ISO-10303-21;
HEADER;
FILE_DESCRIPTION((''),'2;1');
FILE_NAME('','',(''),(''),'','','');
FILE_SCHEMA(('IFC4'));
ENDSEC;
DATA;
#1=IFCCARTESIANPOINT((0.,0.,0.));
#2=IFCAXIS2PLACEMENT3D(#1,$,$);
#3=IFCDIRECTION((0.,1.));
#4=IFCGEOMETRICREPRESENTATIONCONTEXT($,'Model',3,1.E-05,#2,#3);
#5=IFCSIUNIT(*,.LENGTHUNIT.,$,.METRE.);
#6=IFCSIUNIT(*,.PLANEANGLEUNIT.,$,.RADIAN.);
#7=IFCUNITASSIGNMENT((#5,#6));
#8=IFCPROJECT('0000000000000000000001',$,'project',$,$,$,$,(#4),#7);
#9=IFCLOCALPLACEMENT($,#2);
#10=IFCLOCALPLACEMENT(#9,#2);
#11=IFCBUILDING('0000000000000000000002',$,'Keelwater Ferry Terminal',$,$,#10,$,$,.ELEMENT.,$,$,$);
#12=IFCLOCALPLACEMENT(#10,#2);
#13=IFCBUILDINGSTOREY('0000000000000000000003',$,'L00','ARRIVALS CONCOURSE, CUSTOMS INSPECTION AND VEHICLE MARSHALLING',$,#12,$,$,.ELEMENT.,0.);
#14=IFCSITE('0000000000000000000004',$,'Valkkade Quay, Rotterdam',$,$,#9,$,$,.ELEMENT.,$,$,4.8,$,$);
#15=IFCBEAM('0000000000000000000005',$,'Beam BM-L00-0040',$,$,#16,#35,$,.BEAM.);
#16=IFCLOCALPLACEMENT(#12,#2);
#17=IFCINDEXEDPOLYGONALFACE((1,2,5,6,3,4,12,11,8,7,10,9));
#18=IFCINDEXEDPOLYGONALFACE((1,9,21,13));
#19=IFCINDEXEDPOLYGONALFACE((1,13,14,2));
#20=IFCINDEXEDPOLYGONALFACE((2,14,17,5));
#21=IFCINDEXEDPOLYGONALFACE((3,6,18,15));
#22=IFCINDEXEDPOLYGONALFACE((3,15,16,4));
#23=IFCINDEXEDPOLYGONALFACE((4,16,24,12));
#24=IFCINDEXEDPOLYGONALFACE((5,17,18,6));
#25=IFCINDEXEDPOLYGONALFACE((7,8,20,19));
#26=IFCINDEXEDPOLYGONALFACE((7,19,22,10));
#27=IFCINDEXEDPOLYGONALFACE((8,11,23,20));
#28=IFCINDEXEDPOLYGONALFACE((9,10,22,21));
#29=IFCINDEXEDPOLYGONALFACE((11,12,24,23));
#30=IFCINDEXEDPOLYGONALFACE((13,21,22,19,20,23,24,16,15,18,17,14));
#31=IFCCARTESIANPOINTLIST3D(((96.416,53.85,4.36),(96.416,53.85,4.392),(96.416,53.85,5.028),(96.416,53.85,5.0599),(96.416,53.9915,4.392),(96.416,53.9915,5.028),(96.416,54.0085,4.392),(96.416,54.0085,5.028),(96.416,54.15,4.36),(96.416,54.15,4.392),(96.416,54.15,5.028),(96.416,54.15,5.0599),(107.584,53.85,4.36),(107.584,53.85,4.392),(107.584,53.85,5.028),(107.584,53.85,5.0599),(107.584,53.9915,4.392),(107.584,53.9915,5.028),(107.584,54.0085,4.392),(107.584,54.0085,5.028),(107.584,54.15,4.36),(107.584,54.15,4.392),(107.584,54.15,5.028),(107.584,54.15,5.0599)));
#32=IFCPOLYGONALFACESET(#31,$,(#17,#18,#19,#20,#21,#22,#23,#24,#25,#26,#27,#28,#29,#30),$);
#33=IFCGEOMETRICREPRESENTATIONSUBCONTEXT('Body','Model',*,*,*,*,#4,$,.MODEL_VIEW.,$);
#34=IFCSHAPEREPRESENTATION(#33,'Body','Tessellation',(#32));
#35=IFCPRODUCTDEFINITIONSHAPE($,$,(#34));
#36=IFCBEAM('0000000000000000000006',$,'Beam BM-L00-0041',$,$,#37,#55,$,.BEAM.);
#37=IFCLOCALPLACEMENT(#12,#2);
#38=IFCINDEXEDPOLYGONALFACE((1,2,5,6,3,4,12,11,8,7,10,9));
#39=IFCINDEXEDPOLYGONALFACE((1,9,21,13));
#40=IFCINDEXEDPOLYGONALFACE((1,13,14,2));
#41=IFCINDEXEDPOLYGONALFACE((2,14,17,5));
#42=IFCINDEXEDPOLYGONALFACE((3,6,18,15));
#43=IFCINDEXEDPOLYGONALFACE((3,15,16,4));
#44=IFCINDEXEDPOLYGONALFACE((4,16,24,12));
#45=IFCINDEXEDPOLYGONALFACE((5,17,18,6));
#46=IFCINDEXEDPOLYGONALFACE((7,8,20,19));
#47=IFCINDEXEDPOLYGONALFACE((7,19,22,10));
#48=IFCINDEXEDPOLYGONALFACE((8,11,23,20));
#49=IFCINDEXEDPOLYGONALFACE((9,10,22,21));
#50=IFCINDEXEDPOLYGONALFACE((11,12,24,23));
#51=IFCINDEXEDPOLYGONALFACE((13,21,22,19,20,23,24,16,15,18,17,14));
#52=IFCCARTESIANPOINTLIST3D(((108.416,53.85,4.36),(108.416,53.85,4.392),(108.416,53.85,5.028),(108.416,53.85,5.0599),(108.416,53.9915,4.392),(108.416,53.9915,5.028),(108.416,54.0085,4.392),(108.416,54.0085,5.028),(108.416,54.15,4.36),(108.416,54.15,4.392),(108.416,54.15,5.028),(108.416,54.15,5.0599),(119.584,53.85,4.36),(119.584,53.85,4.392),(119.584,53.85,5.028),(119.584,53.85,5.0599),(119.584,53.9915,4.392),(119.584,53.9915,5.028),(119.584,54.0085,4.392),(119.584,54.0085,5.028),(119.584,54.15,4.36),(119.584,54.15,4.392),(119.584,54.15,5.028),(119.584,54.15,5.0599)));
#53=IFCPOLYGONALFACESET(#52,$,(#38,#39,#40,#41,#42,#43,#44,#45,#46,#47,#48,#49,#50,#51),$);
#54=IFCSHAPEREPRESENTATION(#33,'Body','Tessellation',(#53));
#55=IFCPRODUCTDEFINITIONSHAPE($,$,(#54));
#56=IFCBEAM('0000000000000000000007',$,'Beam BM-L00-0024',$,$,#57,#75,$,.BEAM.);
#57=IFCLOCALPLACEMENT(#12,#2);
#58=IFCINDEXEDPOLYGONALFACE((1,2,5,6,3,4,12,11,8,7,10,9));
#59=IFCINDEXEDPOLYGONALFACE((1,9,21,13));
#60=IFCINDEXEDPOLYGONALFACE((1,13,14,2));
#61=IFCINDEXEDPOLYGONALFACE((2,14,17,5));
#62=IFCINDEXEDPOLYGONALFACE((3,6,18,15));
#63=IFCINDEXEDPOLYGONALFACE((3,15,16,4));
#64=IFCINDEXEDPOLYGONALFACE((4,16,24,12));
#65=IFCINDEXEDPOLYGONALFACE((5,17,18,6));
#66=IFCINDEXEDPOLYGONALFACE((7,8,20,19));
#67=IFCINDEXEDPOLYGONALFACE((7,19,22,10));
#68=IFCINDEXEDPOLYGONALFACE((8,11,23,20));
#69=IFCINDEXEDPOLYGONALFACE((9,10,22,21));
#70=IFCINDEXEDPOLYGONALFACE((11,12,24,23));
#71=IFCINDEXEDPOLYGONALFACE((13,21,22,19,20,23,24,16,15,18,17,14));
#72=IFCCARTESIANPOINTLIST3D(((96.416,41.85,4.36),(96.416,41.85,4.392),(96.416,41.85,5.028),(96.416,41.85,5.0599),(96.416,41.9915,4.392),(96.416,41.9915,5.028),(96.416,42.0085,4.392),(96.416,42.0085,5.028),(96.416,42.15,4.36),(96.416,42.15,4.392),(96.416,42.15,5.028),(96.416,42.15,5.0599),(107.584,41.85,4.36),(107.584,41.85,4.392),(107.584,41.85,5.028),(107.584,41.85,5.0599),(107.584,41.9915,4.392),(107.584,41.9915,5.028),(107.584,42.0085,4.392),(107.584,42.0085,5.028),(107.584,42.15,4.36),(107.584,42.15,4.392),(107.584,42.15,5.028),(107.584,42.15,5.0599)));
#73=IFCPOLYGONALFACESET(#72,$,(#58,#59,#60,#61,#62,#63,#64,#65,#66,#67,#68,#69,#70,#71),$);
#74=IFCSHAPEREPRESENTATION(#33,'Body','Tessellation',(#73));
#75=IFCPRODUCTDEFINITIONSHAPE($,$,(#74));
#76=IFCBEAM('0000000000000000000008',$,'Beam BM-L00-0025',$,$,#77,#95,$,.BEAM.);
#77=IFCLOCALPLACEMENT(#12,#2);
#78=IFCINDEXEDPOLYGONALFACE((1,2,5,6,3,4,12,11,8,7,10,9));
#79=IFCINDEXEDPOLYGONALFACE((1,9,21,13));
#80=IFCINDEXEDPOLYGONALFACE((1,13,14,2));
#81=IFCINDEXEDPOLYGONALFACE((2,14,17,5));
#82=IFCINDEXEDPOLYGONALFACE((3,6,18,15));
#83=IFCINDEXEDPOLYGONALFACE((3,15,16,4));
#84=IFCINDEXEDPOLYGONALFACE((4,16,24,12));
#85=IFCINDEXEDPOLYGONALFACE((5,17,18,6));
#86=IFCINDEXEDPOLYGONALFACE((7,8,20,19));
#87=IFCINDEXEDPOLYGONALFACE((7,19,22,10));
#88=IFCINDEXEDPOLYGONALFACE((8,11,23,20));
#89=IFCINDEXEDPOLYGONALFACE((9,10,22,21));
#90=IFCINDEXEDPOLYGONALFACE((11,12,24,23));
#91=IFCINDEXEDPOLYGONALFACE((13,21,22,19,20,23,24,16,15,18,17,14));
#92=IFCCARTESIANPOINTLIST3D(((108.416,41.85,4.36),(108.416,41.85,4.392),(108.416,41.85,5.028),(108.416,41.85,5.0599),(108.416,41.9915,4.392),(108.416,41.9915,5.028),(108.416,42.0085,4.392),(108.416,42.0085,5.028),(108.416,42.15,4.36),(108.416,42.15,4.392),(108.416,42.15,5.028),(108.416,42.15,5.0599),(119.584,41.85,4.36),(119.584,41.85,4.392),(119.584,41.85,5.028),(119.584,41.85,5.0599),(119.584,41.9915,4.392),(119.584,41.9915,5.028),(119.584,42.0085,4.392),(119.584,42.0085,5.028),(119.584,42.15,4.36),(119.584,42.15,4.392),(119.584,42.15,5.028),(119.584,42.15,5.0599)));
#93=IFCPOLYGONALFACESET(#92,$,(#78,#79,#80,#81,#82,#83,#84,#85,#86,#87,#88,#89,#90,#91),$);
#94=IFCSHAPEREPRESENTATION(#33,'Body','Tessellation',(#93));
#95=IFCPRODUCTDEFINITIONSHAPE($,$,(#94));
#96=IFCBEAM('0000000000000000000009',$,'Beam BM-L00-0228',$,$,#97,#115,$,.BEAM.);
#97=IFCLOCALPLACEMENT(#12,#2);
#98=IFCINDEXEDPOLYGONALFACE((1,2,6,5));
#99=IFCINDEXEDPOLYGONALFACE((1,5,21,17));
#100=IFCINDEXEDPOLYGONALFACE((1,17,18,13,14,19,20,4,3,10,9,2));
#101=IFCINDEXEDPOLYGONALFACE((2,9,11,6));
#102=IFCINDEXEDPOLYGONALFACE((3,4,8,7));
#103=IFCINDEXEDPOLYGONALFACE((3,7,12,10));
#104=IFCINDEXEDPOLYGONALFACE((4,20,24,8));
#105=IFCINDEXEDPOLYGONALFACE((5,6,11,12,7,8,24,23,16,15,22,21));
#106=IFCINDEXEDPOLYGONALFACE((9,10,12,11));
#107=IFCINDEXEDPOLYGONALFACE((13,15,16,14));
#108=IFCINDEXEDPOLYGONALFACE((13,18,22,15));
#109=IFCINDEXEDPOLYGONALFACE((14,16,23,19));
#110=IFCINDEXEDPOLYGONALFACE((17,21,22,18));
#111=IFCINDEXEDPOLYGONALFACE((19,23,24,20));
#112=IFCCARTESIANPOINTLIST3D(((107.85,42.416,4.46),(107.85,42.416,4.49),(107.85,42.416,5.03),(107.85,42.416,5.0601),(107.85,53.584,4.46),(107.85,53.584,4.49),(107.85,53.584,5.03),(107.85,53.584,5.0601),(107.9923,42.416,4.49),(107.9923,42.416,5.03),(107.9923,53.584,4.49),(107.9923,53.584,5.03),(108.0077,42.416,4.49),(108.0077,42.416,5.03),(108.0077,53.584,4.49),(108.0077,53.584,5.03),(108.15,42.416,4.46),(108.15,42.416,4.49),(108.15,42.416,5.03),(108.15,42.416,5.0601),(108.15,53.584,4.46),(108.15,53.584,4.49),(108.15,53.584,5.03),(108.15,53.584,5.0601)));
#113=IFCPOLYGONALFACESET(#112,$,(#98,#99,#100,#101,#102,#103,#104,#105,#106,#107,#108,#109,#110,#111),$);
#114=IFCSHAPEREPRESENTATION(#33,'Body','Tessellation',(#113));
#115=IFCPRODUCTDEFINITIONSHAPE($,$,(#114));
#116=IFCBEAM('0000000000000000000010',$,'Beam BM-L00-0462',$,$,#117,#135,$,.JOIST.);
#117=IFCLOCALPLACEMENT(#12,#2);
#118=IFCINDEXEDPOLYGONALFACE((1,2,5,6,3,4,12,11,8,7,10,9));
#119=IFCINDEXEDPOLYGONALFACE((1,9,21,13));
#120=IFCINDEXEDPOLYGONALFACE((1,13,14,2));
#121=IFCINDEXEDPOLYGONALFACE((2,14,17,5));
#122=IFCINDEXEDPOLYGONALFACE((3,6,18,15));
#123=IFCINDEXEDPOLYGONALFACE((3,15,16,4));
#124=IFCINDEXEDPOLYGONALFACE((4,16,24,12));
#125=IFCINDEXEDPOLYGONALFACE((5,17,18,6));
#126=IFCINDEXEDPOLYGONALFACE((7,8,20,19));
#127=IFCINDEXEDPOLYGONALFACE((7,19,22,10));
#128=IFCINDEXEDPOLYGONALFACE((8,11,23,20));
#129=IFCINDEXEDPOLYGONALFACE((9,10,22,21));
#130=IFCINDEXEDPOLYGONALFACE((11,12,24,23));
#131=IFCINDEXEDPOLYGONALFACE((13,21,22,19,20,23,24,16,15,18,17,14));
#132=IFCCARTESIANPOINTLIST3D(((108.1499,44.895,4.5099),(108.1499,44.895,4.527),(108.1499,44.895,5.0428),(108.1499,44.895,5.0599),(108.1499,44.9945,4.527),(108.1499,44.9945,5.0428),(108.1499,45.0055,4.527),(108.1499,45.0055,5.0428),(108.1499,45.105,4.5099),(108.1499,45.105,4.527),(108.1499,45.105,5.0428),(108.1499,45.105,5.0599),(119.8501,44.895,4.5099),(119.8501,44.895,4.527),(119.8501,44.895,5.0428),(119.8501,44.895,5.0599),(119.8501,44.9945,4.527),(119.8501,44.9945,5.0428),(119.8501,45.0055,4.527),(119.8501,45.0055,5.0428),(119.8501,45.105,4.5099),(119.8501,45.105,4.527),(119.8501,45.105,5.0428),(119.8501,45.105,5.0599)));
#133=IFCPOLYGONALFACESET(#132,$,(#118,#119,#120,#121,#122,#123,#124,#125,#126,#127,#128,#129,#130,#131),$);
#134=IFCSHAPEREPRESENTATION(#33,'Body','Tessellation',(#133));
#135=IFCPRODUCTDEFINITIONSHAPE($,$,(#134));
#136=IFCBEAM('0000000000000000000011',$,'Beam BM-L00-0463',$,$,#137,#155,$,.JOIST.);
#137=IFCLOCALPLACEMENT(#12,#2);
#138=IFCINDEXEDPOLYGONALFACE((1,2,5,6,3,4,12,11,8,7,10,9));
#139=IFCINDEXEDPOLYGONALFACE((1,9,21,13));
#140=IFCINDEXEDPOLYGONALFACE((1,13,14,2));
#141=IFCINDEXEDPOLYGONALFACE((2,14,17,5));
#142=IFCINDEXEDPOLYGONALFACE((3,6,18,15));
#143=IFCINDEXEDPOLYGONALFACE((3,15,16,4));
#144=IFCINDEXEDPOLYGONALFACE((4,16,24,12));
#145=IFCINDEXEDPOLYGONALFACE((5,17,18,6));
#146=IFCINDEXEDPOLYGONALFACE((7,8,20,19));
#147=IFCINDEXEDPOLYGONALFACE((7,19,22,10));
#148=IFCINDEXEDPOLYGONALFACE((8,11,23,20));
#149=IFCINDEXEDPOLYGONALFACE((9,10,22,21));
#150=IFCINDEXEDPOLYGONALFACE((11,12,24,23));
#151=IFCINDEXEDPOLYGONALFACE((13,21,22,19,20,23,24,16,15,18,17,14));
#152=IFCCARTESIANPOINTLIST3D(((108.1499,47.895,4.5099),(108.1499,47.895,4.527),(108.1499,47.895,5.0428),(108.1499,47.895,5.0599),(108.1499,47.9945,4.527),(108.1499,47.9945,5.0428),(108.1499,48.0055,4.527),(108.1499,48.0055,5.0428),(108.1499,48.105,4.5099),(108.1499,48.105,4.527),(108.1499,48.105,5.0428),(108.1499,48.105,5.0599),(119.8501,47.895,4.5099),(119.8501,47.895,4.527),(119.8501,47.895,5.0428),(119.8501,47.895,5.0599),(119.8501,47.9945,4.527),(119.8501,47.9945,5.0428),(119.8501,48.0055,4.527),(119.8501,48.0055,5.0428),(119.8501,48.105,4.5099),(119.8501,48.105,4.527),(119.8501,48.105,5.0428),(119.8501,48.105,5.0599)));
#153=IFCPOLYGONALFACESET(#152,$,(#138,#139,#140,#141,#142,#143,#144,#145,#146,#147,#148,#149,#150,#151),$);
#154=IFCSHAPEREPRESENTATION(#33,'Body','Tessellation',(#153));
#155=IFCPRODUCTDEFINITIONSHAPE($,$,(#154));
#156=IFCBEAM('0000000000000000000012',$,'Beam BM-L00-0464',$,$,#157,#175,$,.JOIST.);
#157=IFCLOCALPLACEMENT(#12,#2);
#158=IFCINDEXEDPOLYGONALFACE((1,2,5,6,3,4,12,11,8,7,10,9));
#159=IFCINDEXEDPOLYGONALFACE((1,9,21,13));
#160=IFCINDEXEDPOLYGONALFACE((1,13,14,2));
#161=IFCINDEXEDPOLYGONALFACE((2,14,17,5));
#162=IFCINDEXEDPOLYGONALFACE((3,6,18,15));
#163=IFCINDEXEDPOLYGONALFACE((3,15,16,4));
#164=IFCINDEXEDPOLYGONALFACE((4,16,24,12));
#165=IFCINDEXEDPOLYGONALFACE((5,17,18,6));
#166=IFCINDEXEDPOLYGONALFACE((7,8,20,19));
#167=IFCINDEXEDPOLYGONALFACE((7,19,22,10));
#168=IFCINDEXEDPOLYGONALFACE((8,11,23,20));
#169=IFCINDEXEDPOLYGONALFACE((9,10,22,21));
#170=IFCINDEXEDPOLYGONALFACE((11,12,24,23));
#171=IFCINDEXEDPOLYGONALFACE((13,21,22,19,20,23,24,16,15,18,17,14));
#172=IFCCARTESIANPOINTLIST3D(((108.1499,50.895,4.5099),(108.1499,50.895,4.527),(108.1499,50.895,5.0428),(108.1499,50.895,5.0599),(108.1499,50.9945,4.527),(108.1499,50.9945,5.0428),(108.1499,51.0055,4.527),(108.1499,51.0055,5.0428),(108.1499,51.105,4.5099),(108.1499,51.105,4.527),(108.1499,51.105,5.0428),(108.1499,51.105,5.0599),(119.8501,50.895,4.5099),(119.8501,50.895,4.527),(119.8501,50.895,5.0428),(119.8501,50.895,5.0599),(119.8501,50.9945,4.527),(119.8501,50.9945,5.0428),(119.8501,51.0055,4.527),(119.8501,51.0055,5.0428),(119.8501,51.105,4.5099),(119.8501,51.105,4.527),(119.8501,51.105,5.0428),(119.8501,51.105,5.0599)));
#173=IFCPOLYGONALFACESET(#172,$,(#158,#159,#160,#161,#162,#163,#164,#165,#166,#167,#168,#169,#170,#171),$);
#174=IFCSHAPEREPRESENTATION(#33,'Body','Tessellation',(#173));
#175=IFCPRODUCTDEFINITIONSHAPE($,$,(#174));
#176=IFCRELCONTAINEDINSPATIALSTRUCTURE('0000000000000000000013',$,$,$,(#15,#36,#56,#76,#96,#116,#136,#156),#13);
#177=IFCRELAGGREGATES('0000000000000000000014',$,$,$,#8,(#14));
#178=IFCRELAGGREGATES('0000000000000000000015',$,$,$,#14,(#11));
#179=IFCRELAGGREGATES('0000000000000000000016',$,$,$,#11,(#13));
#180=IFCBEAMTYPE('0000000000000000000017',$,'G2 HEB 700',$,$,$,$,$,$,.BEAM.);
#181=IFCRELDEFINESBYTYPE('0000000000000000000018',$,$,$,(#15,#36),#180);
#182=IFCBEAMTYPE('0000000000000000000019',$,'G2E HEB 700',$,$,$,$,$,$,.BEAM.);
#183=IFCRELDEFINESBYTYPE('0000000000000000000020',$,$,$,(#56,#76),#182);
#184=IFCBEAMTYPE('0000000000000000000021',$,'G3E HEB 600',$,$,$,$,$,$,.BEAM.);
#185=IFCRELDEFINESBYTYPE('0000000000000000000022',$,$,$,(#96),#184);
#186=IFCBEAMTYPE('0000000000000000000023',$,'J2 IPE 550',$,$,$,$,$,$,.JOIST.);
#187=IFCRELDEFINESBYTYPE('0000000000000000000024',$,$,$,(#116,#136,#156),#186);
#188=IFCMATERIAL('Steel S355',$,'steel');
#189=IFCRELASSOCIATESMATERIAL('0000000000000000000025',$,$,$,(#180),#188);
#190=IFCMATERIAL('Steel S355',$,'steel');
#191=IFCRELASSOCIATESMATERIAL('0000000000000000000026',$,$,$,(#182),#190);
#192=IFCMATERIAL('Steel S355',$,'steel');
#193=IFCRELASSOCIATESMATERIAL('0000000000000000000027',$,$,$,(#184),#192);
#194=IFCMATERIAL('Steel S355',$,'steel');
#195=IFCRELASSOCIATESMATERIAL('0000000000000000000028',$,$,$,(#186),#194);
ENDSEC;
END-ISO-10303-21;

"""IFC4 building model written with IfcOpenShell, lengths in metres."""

from ifc_helpers import new_model, si_unit, direction, frame, origin, origin_2d, place, context, subcontext, project, spatial, i_section, extrude, material, material_profile, profile_set, type_object, element, save


model = new_model("IFC4")

# Units and contexts
model_context = context("Model", 3, precision=1e-05, world=origin(), true_north=direction((0.0, 1.0)))
body_context = subcontext(model_context, "Body", "Model", "MODEL_VIEW")
ifc_project = project(units=[si_unit("LENGTHUNIT", "METRE"), si_unit("PLANEANGLEUNIT", "RADIAN")], contexts=[model_context])

# Site, building, storey
site_placement = place(None, origin())
site = spatial("IfcSite", under=ifc_project, at=site_placement, Name="Valkkade Quay, Rotterdam", CompositionType="ELEMENT", RefElevation=4.8)
building_placement = place(site_placement, origin())
building = spatial("IfcBuilding", under=site, at=building_placement, Name="Keelwater Ferry Terminal", CompositionType="ELEMENT")
storey_placement = place(building_placement, origin())
storey = spatial("IfcBuildingStorey", under=building, at=storey_placement, Name="L00", Description="ARRIVALS CONCOURSE, CUSTOMS INSPECTION AND VEHICLE MARSHALLING", CompositionType="ELEMENT", Elevation=0.0)

# Beams
ifc_material_1 = material(Name="Steel S355", Category="steel")
ifc_material_profile_1 = material_profile(ifc_material_1, i_section(OverallWidth=0.3, OverallDepth=0.7, WebThickness=0.0171, FlangeThickness=0.032, at=origin_2d()), Name="HEB 700")
ifc_profile_set_1 = profile_set([ifc_material_profile_1], Name="Steel S355")
beam_type_1 = type_object("IfcBeamType", Name="G2 HEB 700", PredefinedType="BEAM", material=ifc_profile_set_1)
for number, where, z_axis, x_axis, name in (
    (1, (96.416, 54.0, 4.71), (1.0, 0.0, 0.0), (0.0, 1.0, 0.0), "Beam BM-L00-0040"),
    (2, (108.416, 54.0, 4.71), (1.0, 0.0, 0.0), (0.0, 1.0, 0.0), "Beam BM-L00-0041"),
):
    element("IfcBeam", number, at=place(storey_placement, frame(where, z_axis=z_axis, x_axis=x_axis)), inside=storey, type_object=beam_type_1, Name=name, PredefinedType="BEAM", context=body_context, shape_type="SweptSolid", body=[
        extrude(i_section(OverallWidth=0.3, OverallDepth=0.7, WebThickness=0.0171, FlangeThickness=0.032, at=origin_2d()), origin(), (0.0, 0.0, 1.0), 11.168),
    ])
ifc_material_2 = material(Name="Steel S355", Category="steel")
ifc_material_profile_2 = material_profile(ifc_material_2, i_section(OverallWidth=0.3, OverallDepth=0.7, WebThickness=0.0171, FlangeThickness=0.032, at=origin_2d()), Name="HEB 700")
ifc_profile_set_2 = profile_set([ifc_material_profile_2], Name="Steel S355")
beam_type_2 = type_object("IfcBeamType", Name="G2E HEB 700", PredefinedType="BEAM", material=ifc_profile_set_2)
for number, where, z_axis, x_axis, name in (
    (3, (96.416, 42.0, 4.71), (1.0, 0.0, 0.0), (0.0, 1.0, 0.0), "Beam BM-L00-0024"),
    (4, (108.416, 42.0, 4.71), (1.0, 0.0, 0.0), (0.0, 1.0, 0.0), "Beam BM-L00-0025"),
):
    element("IfcBeam", number, at=place(storey_placement, frame(where, z_axis=z_axis, x_axis=x_axis)), inside=storey, type_object=beam_type_2, Name=name, PredefinedType="BEAM", context=body_context, shape_type="SweptSolid", body=[
        extrude(i_section(OverallWidth=0.3, OverallDepth=0.7, WebThickness=0.0171, FlangeThickness=0.032, at=origin_2d()), origin(), (0.0, 0.0, 1.0), 11.168),
    ])
ifc_material_3 = material(Name="Steel S355", Category="steel")
ifc_material_profile_3 = material_profile(ifc_material_3, i_section(OverallWidth=0.3, OverallDepth=0.6001, WebThickness=0.0154, FlangeThickness=0.03, at=origin_2d()), Name="HEB 600")
ifc_profile_set_3 = profile_set([ifc_material_profile_3], Name="Steel S355")
beam_type_3 = type_object("IfcBeamType", Name="G3E HEB 600", PredefinedType="BEAM", material=ifc_profile_set_3)
beam_placement = place(storey_placement, frame((108.0, 42.416, 4.76), z_axis=(0.0, 1.0, 0.0), x_axis=(-1.0, 0.0, 0.0)))
element("IfcBeam", 5, at=beam_placement, inside=storey, type_object=beam_type_3, Name="Beam BM-L00-0228", PredefinedType="BEAM", context=body_context, shape_type="SweptSolid", body=[
    extrude(i_section(OverallWidth=0.3, OverallDepth=0.6001, WebThickness=0.0154, FlangeThickness=0.03, at=origin_2d()), origin(), (0.0, 0.0, 1.0), 11.168),
])
ifc_material_4 = material(Name="Steel S355", Category="steel")
ifc_material_profile_4 = material_profile(ifc_material_4, i_section(OverallWidth=0.21, OverallDepth=0.55, WebThickness=0.011, FlangeThickness=0.0171, at=origin_2d()), Name="IPE 550")
ifc_profile_set_4 = profile_set([ifc_material_profile_4], Name="Steel S355")
beam_type_4 = type_object("IfcBeamType", Name="J2 IPE 550", PredefinedType="JOIST", material=ifc_profile_set_4)
for number, where, z_axis, x_axis, name in (
    (6, (108.1499, 45.0, 4.7849), (1.0, 0.0, 0.0), (0.0, 1.0, 0.0), "Beam BM-L00-0462"),
    (7, (108.1499, 48.0, 4.7849), (1.0, 0.0, 0.0), (0.0, 1.0, 0.0), "Beam BM-L00-0463"),
    (8, (108.1499, 51.0, 4.7849), (1.0, 0.0, 0.0), (0.0, 1.0, 0.0), "Beam BM-L00-0464"),
):
    element("IfcBeam", number, at=place(storey_placement, frame(where, z_axis=z_axis, x_axis=x_axis)), inside=storey, type_object=beam_type_4, Name=name, PredefinedType="JOIST", context=body_context, shape_type="SweptSolid", body=[
        extrude(i_section(OverallWidth=0.21, OverallDepth=0.55, WebThickness=0.011, FlangeThickness=0.0171, at=origin_2d()), origin(), (0.0, 0.0, 1.0), 11.7002),
    ])

save(model, "model.ifc")
